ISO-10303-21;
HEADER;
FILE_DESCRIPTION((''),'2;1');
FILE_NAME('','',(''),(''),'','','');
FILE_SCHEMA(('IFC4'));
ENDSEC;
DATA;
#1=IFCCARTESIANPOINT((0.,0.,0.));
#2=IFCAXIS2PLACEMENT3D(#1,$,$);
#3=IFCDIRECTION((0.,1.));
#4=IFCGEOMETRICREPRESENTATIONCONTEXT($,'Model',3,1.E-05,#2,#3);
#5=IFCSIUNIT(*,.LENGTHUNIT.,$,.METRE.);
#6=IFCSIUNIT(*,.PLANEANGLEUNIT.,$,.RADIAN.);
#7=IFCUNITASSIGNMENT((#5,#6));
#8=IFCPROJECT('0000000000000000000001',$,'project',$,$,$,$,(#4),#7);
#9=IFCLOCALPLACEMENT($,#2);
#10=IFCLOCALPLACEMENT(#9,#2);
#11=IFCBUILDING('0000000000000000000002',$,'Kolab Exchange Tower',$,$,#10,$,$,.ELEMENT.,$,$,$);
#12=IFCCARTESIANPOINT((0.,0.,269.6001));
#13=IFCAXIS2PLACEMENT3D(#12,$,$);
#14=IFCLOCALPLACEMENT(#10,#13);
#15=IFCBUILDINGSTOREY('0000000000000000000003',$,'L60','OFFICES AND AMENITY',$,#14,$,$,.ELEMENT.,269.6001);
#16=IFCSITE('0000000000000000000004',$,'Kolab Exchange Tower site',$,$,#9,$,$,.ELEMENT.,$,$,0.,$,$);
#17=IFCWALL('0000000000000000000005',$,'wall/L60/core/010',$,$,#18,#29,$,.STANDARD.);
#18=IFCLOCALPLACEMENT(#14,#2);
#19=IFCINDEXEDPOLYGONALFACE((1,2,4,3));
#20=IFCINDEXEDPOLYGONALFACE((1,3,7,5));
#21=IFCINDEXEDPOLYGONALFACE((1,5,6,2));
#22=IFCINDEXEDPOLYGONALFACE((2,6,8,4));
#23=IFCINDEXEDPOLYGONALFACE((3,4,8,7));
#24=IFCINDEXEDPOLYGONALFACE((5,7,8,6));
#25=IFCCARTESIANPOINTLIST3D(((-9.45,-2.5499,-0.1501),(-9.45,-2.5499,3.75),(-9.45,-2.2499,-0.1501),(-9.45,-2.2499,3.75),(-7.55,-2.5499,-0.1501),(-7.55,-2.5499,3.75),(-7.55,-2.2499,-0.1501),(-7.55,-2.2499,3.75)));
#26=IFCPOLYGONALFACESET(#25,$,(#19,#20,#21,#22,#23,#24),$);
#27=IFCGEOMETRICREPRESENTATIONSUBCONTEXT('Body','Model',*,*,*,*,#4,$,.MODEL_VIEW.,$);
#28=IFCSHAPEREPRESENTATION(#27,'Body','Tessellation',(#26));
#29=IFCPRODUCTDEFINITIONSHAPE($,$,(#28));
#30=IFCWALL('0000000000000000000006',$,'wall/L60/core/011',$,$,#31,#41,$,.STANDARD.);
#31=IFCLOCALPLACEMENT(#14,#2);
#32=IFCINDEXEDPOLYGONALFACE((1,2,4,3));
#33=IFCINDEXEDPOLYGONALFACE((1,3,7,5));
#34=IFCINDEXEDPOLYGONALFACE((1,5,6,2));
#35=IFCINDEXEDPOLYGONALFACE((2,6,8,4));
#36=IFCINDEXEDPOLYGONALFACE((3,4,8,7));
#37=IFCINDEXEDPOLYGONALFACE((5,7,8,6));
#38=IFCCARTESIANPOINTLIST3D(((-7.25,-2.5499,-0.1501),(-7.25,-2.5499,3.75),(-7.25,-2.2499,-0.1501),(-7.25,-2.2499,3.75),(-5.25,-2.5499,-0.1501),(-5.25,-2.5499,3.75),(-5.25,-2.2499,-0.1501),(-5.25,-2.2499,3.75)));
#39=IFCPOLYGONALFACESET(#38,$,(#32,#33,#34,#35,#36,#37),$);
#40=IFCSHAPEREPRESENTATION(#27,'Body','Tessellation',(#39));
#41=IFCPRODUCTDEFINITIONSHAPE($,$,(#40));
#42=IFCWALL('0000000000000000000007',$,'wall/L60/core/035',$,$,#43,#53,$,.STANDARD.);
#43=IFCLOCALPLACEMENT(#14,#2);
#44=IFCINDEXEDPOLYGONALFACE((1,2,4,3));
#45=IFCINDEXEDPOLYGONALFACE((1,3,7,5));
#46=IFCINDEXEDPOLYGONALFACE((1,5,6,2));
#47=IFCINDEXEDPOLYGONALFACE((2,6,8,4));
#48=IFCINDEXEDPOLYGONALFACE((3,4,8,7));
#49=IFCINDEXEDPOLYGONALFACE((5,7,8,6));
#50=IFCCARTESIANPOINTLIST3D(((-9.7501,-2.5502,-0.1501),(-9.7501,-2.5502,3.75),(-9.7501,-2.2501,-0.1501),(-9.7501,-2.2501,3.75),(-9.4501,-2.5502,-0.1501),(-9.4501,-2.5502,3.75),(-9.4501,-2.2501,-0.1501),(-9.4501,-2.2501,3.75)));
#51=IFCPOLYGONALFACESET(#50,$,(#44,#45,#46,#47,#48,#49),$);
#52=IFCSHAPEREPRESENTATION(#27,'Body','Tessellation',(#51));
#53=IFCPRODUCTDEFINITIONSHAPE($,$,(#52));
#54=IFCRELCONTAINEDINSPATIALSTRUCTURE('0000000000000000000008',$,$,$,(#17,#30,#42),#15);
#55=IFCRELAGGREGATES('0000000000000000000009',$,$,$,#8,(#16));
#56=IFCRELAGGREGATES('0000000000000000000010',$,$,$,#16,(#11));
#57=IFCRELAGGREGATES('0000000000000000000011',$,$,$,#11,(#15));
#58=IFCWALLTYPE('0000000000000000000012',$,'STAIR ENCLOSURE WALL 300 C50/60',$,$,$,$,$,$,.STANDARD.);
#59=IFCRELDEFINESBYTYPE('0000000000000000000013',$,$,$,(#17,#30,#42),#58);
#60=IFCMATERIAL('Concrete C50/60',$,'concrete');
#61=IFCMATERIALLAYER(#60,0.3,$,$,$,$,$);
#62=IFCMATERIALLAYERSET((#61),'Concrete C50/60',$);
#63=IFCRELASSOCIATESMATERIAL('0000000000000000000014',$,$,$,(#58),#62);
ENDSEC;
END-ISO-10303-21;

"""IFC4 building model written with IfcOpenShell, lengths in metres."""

from ifc_helpers import new_model, si_unit, direction, frame, frame_2d, origin, place, context, subcontext, project, spatial, rectangle, extrude, material, layer, layer_set, type_object, element, save


model = new_model("IFC4")

# Units and contexts
model_context = context("Model", 3, precision=1e-05, world=origin(), true_north=direction((0.0, 1.0)))
body_context = subcontext(model_context, "Body", "Model", "MODEL_VIEW")
ifc_project = project(units=[si_unit("LENGTHUNIT", "METRE"), si_unit("PLANEANGLEUNIT", "RADIAN")], contexts=[model_context])

# Site, building, storey
site_placement = place(None, origin())
site = spatial("IfcSite", under=ifc_project, at=site_placement, Name="Kolab Exchange Tower site", CompositionType="ELEMENT", RefElevation=0.0)
building_placement = place(site_placement, origin())
building = spatial("IfcBuilding", under=site, at=building_placement, Name="Kolab Exchange Tower", CompositionType="ELEMENT")
storey_placement = place(building_placement, frame((0.0, 0.0, 269.6001)))
storey = spatial("IfcBuildingStorey", under=building, at=storey_placement, Name="L60", Description="OFFICES AND AMENITY", CompositionType="ELEMENT", Elevation=269.6001)

# Shared definitions
ifc_material_1 = material(Name="Concrete C50/60", Category="concrete")

# Walls
ifc_layer_1 = layer(ifc_material_1, 0.3)
ifc_layer_set_1 = layer_set([ifc_layer_1], Name="Concrete C50/60")
wall_type_1 = type_object("IfcWallType", Name="STAIR ENCLOSURE WALL 300 C50/60", PredefinedType="STANDARD", material=ifc_layer_set_1)
wall_1_placement = place(storey_placement, frame((-9.45, -2.3999, -0.1501), z_axis=(0.0, 0.0, 1.0), x_axis=(1.0, 0.0, 0.0)))
element("IfcWall", 1, at=wall_1_placement, inside=storey, type_object=wall_type_1, Name="wall/L60/core/010", PredefinedType="STANDARD", context=body_context, shape_type="SweptSolid", body=[
    extrude(rectangle(XDim=1.8999, YDim=0.3, at=frame_2d((0.95, 0.0))), origin(), (0.0, 0.0, 1.0), 3.9001),
])
wall_2_placement = place(storey_placement, frame((-7.25, -2.3999, -0.1501), z_axis=(0.0, 0.0, 1.0), x_axis=(1.0, 0.0, 0.0)))
element("IfcWall", 2, at=wall_2_placement, inside=storey, type_object=wall_type_1, Name="wall/L60/core/011", PredefinedType="STANDARD", context=body_context, shape_type="SweptSolid", body=[
    extrude(rectangle(XDim=2.0, YDim=0.3, at=frame_2d((1.0, 0.0))), origin(), (0.0, 0.0, 1.0), 3.9001),
])
wall_3_placement = place(storey_placement, frame((-9.6001, -2.55, -0.1501), z_axis=(0.0, 0.0, 1.0), x_axis=(0.0, 1.0, 0.0)))
element("IfcWall", 3, at=wall_3_placement, inside=storey, type_object=wall_type_1, Name="wall/L60/core/035", PredefinedType="STANDARD", context=body_context, shape_type="SweptSolid", body=[
    extrude(rectangle(XDim=0.3, YDim=0.3, at=frame_2d((0.1499, 0.0))), origin(), (0.0, 0.0, 1.0), 3.9001),
])

save(model, "model.ifc")
